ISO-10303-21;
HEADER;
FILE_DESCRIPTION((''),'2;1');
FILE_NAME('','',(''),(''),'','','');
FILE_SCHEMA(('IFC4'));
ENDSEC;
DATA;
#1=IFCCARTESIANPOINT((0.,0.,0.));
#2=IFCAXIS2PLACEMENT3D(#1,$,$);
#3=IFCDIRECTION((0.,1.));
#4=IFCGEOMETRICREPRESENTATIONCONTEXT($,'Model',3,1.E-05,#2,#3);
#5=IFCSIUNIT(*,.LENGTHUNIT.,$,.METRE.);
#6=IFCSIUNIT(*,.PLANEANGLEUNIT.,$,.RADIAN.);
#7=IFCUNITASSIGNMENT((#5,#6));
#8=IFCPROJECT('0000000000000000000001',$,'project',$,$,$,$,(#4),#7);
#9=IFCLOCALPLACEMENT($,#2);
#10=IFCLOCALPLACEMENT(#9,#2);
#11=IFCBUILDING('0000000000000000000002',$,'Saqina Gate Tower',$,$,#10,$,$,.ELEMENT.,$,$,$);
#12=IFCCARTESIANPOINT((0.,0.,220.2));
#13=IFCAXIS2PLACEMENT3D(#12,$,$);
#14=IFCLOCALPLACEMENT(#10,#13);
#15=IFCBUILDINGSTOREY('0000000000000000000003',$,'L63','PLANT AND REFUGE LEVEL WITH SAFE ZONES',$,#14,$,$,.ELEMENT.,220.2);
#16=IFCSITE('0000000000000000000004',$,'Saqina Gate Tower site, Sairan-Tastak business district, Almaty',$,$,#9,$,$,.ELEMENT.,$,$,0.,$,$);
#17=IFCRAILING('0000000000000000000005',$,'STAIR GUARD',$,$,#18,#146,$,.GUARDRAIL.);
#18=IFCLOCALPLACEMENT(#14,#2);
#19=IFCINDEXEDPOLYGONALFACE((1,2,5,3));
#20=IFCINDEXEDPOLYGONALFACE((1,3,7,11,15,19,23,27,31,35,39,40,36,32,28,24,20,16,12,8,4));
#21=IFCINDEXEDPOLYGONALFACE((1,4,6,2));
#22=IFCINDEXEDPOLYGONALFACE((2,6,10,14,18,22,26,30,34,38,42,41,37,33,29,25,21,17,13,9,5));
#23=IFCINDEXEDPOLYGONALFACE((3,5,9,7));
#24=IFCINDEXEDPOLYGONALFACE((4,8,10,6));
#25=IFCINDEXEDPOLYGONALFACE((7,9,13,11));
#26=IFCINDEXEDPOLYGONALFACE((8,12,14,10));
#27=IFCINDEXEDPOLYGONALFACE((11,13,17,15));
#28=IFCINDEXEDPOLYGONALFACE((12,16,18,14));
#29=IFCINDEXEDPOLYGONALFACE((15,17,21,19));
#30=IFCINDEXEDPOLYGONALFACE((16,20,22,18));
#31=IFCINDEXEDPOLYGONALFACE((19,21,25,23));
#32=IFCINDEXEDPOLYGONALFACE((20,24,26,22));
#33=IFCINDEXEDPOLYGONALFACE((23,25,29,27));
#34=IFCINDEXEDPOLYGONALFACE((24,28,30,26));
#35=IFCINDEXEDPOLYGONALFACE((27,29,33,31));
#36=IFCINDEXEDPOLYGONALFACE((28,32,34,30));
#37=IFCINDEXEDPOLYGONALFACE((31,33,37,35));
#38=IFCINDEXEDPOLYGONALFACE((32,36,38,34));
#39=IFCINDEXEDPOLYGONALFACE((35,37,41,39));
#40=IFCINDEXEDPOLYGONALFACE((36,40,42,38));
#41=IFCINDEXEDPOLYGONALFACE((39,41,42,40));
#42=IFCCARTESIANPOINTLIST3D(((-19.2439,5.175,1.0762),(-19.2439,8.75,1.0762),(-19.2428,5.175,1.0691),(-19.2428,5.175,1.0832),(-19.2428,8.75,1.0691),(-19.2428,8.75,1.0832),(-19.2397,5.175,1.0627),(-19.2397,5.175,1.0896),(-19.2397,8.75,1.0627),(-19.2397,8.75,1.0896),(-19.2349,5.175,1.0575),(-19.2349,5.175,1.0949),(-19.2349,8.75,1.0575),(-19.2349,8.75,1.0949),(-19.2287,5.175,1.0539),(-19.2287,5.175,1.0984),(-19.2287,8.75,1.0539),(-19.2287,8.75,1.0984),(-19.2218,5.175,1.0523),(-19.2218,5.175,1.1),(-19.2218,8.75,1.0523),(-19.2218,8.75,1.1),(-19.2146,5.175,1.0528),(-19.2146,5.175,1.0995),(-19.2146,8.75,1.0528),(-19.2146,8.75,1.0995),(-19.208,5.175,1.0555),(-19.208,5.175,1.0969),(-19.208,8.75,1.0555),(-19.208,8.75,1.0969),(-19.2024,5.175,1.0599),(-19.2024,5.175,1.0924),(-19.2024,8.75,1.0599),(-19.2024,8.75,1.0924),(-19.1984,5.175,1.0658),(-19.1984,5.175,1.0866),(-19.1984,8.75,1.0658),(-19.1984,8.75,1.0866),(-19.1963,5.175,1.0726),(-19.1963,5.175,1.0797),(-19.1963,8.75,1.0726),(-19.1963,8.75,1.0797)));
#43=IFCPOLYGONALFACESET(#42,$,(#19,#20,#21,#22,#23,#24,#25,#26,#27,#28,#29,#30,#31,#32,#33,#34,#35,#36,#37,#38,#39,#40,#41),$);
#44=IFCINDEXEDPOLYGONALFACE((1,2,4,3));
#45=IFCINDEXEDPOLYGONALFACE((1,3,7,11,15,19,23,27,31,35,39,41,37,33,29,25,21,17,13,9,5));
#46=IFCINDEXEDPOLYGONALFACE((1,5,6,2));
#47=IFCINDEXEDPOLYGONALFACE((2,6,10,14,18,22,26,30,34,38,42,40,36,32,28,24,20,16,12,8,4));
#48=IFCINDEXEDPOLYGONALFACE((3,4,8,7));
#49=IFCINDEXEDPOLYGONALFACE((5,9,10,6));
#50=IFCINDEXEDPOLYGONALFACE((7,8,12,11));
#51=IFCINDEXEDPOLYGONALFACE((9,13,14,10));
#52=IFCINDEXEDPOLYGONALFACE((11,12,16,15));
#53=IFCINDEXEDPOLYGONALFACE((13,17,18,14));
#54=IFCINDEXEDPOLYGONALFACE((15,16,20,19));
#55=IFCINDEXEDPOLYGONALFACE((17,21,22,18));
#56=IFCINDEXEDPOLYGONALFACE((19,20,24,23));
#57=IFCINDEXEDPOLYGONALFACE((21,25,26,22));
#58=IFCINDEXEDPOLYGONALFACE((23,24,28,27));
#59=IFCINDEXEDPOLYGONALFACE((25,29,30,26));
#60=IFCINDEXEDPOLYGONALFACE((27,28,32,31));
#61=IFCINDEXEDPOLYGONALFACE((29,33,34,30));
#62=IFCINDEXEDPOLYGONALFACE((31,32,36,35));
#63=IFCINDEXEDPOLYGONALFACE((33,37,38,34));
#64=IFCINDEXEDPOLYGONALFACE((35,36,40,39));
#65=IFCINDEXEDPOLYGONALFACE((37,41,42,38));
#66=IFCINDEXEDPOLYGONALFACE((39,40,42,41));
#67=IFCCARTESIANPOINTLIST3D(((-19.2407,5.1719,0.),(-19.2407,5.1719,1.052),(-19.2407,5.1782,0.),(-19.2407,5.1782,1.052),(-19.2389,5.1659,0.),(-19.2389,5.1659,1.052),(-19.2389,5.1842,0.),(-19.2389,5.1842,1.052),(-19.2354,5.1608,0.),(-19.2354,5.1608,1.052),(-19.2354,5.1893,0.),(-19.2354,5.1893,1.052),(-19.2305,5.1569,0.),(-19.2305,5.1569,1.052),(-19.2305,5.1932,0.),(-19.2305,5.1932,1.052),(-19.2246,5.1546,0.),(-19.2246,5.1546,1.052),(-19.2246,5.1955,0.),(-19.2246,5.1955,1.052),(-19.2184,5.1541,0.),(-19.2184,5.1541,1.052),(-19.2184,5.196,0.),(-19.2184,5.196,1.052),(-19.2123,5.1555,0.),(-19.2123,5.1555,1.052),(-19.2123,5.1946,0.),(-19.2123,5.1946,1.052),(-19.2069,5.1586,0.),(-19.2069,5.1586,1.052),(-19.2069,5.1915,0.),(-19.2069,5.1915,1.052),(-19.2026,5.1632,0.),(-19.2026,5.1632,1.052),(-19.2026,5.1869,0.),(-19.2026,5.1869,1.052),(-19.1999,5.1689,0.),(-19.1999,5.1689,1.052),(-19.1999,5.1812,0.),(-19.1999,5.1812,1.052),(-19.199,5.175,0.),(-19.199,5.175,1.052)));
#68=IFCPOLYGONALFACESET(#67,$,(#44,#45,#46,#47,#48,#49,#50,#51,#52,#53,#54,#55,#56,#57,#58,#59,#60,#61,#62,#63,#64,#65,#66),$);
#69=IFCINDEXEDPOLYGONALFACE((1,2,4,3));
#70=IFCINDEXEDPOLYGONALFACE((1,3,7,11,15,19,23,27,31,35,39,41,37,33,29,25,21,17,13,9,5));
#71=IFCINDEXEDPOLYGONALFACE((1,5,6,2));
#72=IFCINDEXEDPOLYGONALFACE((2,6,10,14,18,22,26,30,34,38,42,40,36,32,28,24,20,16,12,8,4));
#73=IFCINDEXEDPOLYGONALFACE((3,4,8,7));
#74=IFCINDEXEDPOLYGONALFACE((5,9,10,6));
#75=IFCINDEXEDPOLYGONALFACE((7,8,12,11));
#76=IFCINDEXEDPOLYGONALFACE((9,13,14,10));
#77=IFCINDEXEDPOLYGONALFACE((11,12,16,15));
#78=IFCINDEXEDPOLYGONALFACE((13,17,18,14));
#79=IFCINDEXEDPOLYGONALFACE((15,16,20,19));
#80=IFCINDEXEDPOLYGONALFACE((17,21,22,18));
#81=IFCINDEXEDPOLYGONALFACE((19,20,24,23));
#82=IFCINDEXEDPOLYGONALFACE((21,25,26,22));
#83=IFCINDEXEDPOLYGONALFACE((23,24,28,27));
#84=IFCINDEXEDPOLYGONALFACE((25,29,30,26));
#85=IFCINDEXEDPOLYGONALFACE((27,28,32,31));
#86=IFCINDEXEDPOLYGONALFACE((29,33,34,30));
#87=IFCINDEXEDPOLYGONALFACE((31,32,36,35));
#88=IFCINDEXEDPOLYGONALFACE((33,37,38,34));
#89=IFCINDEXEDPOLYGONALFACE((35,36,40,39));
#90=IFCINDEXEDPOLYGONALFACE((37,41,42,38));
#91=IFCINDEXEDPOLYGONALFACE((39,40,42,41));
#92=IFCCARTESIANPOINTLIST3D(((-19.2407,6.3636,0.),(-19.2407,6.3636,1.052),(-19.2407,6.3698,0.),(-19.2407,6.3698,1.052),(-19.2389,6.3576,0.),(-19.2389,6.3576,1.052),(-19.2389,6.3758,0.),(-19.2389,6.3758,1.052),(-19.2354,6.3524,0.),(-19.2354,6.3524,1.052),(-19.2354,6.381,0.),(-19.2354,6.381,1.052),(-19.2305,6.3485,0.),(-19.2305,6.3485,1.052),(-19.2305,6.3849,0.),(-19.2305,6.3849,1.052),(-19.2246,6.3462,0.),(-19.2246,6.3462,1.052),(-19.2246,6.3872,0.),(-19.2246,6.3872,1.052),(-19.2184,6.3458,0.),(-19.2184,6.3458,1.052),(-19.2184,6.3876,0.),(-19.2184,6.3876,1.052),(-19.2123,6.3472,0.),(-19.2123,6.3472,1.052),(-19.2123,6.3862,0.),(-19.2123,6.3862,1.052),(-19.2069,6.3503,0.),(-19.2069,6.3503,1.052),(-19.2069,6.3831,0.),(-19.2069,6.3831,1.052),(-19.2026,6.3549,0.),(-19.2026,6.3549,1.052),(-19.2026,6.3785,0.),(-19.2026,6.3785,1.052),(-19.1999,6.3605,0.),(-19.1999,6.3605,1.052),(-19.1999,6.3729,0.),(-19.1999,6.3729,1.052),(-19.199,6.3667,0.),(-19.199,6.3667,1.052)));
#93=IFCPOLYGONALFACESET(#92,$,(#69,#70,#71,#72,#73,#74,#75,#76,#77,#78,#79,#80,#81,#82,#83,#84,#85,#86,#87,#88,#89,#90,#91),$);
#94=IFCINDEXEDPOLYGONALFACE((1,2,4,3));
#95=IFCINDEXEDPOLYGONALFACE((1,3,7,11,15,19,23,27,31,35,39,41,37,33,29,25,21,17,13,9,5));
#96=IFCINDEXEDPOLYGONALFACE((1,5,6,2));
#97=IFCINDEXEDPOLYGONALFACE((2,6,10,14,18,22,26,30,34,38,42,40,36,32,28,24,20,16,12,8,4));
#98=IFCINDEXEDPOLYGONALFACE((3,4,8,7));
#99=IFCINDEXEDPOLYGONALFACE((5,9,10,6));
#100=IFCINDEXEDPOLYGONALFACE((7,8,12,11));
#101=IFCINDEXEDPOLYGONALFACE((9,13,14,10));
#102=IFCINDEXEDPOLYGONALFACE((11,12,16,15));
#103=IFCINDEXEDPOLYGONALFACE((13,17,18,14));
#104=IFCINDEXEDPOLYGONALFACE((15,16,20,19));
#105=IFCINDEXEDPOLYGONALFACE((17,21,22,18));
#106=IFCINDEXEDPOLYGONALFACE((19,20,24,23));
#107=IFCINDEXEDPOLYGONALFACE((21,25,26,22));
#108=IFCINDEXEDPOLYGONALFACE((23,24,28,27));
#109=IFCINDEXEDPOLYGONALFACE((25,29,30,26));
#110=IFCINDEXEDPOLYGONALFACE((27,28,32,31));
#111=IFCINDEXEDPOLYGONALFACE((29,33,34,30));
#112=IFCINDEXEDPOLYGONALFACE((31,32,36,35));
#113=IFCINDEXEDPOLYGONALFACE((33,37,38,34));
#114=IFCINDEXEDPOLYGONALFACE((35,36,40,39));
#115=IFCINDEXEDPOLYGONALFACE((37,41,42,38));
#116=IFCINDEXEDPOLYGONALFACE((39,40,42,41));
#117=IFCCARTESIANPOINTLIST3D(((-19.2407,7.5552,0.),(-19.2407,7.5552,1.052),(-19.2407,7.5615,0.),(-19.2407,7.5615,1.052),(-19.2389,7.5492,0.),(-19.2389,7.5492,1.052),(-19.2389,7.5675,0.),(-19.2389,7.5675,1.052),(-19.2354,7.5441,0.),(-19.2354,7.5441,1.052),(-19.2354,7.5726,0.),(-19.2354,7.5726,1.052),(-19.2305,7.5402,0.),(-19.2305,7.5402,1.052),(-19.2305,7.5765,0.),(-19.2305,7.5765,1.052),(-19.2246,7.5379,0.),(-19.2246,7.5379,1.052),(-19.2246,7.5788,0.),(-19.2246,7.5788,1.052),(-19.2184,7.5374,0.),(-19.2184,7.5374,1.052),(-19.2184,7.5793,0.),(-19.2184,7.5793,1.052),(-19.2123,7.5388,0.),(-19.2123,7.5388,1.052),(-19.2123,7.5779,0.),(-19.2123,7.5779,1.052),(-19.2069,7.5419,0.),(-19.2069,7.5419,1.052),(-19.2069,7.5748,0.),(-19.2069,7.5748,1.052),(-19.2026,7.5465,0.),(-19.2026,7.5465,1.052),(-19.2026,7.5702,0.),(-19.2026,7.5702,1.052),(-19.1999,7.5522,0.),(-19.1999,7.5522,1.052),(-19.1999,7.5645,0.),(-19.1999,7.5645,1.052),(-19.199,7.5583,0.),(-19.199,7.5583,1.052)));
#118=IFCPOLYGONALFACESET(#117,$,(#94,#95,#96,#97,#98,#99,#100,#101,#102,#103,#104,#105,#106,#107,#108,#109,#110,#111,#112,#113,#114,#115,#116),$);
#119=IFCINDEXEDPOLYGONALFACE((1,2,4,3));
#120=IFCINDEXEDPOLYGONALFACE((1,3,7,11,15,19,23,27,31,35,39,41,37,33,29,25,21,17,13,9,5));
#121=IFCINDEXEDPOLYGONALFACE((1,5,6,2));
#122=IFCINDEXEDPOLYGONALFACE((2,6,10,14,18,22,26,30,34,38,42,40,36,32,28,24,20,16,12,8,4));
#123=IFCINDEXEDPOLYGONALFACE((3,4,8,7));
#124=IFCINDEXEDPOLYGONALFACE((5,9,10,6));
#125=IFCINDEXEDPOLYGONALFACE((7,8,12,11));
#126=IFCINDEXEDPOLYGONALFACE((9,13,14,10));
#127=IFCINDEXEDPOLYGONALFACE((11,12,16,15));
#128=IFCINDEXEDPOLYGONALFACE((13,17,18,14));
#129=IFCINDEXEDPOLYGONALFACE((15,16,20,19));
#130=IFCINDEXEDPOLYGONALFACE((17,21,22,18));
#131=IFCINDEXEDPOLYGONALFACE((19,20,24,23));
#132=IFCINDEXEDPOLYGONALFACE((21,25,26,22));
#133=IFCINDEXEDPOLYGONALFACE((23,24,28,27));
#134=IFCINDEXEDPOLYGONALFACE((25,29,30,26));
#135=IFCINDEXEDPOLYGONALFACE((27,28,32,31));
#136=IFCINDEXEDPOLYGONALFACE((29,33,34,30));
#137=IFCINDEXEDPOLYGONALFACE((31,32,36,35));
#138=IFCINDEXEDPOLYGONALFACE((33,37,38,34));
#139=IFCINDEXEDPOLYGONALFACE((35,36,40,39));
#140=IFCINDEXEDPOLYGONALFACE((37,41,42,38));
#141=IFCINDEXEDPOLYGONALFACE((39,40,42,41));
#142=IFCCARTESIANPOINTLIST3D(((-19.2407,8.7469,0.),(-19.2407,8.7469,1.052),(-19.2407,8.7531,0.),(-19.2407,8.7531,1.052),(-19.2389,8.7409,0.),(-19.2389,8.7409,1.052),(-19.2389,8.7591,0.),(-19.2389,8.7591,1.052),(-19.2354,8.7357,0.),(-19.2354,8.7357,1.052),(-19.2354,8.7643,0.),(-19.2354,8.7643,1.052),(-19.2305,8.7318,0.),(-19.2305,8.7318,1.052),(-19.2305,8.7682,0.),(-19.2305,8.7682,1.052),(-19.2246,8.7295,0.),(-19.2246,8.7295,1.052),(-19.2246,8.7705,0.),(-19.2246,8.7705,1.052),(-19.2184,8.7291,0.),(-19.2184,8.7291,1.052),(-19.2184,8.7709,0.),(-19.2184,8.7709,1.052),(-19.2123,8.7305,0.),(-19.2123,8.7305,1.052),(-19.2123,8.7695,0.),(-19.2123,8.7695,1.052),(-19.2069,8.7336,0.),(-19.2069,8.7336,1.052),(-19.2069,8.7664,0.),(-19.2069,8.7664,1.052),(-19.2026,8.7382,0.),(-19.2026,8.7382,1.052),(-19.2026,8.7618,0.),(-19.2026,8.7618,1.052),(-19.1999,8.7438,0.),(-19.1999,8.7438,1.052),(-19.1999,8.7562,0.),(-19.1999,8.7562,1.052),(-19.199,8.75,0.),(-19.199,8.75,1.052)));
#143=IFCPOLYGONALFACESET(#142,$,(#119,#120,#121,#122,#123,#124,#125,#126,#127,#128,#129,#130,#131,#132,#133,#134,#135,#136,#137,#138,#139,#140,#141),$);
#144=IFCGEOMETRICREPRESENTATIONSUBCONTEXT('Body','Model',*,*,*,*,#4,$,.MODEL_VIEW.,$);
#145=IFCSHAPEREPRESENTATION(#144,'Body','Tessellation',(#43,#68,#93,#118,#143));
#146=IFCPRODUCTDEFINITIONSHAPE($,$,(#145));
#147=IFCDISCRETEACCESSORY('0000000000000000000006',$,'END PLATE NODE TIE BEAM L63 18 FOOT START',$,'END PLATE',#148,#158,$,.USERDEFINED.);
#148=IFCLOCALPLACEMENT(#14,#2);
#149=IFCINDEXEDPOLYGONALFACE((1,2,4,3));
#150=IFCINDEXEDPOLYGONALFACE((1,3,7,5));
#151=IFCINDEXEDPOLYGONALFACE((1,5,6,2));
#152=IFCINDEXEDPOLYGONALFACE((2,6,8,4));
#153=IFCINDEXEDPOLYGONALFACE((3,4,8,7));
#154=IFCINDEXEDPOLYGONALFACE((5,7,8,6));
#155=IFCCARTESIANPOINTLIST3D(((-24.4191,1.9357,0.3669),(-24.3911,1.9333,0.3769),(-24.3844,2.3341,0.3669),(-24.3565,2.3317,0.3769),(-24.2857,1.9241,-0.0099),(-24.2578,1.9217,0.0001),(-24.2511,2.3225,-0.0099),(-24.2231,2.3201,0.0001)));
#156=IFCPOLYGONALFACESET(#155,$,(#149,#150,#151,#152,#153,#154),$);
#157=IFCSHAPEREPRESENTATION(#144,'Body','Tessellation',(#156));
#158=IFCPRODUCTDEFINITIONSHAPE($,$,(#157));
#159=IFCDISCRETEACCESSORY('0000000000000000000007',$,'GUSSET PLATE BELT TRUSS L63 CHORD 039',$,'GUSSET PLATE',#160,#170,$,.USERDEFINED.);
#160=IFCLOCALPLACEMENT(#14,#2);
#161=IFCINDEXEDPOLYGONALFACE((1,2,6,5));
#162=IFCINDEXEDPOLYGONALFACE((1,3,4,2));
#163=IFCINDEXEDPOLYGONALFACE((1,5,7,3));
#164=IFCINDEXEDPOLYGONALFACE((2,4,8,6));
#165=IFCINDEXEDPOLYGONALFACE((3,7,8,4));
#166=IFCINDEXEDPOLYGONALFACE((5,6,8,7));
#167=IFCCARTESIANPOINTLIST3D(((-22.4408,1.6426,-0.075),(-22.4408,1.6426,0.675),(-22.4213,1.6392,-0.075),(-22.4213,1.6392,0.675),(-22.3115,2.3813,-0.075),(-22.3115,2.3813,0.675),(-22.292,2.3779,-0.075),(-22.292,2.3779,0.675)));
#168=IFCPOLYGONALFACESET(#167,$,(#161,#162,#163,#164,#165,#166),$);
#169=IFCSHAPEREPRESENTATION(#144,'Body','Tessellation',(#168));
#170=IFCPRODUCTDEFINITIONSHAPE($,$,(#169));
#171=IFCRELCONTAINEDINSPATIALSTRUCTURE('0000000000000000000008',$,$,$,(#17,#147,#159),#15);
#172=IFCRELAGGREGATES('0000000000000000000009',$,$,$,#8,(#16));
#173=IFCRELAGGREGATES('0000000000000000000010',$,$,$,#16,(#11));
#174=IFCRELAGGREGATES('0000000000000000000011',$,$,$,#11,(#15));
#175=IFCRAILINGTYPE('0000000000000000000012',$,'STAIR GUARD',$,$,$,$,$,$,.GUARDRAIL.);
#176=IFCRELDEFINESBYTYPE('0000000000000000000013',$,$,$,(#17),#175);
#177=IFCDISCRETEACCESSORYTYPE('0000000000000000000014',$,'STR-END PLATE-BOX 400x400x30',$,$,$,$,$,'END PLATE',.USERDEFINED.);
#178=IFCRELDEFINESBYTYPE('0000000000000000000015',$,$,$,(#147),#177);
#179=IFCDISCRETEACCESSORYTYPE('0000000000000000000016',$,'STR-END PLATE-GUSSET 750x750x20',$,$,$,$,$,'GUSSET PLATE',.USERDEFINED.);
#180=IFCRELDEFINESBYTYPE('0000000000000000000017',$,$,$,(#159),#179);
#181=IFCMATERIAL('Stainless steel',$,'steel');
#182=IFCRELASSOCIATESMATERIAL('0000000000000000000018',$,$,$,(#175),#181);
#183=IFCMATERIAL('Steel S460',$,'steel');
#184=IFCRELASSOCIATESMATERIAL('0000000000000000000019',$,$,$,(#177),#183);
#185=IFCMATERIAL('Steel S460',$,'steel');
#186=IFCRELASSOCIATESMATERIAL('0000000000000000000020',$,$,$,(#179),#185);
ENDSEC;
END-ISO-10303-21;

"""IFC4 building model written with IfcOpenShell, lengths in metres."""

from ifc_helpers import new_model, si_unit, direction, frame, origin, origin_2d, place, context, subcontext, project, spatial, rectangle, circle, extrude, material, material_profile, profile_set, type_object, element, save


model = new_model("IFC4")

# Units and contexts
model_context = context("Model", 3, precision=1e-05, world=origin(), true_north=direction((0.0, 1.0)))
body_context = subcontext(model_context, "Body", "Model", "MODEL_VIEW")
ifc_project = project(units=[si_unit("LENGTHUNIT", "METRE"), si_unit("PLANEANGLEUNIT", "RADIAN")], contexts=[model_context])

# Site, building, storey
site_placement = place(None, origin())
site = spatial("IfcSite", under=ifc_project, at=site_placement, Name="Saqina Gate Tower site, Sairan-Tastak business district, Almaty", CompositionType="ELEMENT", RefElevation=0.0)
building_placement = place(site_placement, origin())
building = spatial("IfcBuilding", under=site, at=building_placement, Name="Saqina Gate Tower", CompositionType="ELEMENT")
storey_placement = place(building_placement, frame((0.0, 0.0, 220.2)))
storey = spatial("IfcBuildingStorey", under=building, at=storey_placement, Name="L63", Description="PLANT AND REFUGE LEVEL WITH SAFE ZONES", CompositionType="ELEMENT", Elevation=220.2)

# Railing
ifc_material_1 = material(Name="Stainless steel", Category="steel")
railing_type = type_object("IfcRailingType", Name="STAIR GUARD", PredefinedType="GUARDRAIL", material=ifc_material_1)
railing_placement = place(storey_placement, frame((-19.22, 5.175, 0.0)))
element("IfcRailing", 1, at=railing_placement, inside=storey, type_object=railing_type, Name="STAIR GUARD", PredefinedType="GUARDRAIL", context=body_context, shape_type="SweptSolid", body=[
    extrude(circle(Radius=0.0239, at=origin_2d()), frame((0.0, 0.0, 1.0762), z_axis=(0.0, 1.0, 0.0), x_axis=(-1.0, 0.0, 0.0)), (0.0, 0.0, 1.0), 3.575),
    extrude(circle(Radius=0.021, at=origin_2d()), origin(), (0.0, 0.0, 1.0), 1.052),
    extrude(circle(Radius=0.021, at=origin_2d()), frame((0.0, 1.1917, 0.0)), (0.0, 0.0, 1.0), 1.052),
    extrude(circle(Radius=0.021, at=origin_2d()), frame((0.0, 2.3833, 0.0)), (0.0, 0.0, 1.0), 1.052),
    extrude(circle(Radius=0.021, at=origin_2d()), frame((0.0, 3.575, 0.0)), (0.0, 0.0, 1.0), 1.052),
])

# Discrete accessories
ifc_material_2 = material(Name="Steel S460", Category="steel")
ifc_material_profile_1 = material_profile(ifc_material_2, rectangle(XDim=0.3999, YDim=0.3999, at=origin_2d()), Name="STR-END PLATE-BOX 400x400x30")
ifc_profile_set_1 = profile_set([ifc_material_profile_1], Name="Steel S460")
discrete_accessory_type_1 = type_object("IfcDiscreteAccessoryType", Name="STR-END PLATE-BOX 400x400x30", ElementType="END PLATE", PredefinedType="USERDEFINED", material=ifc_profile_set_1)
discrete_accessory_1_placement = place(storey_placement, frame((-24.3071, 2.1267, 0.1885), z_axis=(-0.938783, 0.081633, -0.334697), x_axis=(0.08663, 0.996241, 0.0)))
element("IfcDiscreteAccessory", 2, at=discrete_accessory_1_placement, inside=storey, type_object=discrete_accessory_type_1, Name="END PLATE NODE TIE BEAM L63 18 FOOT START", ObjectType="END PLATE", PredefinedType="USERDEFINED", context=body_context, shape_type="SweptSolid", body=[
    extrude(rectangle(XDim=0.3999, YDim=0.3999, at=origin_2d()), origin(), (0.0, 0.0, 1.0), 0.0298),
])
ifc_material_3 = material(Name="Steel S460", Category="steel")
ifc_material_profile_2 = material_profile(ifc_material_3, rectangle(XDim=0.75, YDim=0.75, at=origin_2d()), Name="STR-END PLATE-GUSSET 750x750x20")
ifc_profile_set_2 = profile_set([ifc_material_profile_2], Name="Steel S460")
discrete_accessory_type_2 = type_object("IfcDiscreteAccessoryType", Name="STR-END PLATE-GUSSET 750x750x20", ElementType="GUSSET PLATE", PredefinedType="USERDEFINED", material=ifc_profile_set_2)
discrete_accessory_2_placement = place(storey_placement, frame((-22.3567, 2.0085, 0.3), z_axis=(-0.98503, 0.17238, 0.0), x_axis=(-0.17238, -0.98503, 0.0)))
element("IfcDiscreteAccessory", 3, at=discrete_accessory_2_placement, inside=storey, type_object=discrete_accessory_type_2, Name="GUSSET PLATE BELT TRUSS L63 CHORD 039", ObjectType="GUSSET PLATE", PredefinedType="USERDEFINED", context=body_context, shape_type="SweptSolid", body=[
    extrude(rectangle(XDim=0.75, YDim=0.75, at=origin_2d()), origin(), (0.0, 0.0, 1.0), 0.0198),
])

save(model, "model.ifc")
